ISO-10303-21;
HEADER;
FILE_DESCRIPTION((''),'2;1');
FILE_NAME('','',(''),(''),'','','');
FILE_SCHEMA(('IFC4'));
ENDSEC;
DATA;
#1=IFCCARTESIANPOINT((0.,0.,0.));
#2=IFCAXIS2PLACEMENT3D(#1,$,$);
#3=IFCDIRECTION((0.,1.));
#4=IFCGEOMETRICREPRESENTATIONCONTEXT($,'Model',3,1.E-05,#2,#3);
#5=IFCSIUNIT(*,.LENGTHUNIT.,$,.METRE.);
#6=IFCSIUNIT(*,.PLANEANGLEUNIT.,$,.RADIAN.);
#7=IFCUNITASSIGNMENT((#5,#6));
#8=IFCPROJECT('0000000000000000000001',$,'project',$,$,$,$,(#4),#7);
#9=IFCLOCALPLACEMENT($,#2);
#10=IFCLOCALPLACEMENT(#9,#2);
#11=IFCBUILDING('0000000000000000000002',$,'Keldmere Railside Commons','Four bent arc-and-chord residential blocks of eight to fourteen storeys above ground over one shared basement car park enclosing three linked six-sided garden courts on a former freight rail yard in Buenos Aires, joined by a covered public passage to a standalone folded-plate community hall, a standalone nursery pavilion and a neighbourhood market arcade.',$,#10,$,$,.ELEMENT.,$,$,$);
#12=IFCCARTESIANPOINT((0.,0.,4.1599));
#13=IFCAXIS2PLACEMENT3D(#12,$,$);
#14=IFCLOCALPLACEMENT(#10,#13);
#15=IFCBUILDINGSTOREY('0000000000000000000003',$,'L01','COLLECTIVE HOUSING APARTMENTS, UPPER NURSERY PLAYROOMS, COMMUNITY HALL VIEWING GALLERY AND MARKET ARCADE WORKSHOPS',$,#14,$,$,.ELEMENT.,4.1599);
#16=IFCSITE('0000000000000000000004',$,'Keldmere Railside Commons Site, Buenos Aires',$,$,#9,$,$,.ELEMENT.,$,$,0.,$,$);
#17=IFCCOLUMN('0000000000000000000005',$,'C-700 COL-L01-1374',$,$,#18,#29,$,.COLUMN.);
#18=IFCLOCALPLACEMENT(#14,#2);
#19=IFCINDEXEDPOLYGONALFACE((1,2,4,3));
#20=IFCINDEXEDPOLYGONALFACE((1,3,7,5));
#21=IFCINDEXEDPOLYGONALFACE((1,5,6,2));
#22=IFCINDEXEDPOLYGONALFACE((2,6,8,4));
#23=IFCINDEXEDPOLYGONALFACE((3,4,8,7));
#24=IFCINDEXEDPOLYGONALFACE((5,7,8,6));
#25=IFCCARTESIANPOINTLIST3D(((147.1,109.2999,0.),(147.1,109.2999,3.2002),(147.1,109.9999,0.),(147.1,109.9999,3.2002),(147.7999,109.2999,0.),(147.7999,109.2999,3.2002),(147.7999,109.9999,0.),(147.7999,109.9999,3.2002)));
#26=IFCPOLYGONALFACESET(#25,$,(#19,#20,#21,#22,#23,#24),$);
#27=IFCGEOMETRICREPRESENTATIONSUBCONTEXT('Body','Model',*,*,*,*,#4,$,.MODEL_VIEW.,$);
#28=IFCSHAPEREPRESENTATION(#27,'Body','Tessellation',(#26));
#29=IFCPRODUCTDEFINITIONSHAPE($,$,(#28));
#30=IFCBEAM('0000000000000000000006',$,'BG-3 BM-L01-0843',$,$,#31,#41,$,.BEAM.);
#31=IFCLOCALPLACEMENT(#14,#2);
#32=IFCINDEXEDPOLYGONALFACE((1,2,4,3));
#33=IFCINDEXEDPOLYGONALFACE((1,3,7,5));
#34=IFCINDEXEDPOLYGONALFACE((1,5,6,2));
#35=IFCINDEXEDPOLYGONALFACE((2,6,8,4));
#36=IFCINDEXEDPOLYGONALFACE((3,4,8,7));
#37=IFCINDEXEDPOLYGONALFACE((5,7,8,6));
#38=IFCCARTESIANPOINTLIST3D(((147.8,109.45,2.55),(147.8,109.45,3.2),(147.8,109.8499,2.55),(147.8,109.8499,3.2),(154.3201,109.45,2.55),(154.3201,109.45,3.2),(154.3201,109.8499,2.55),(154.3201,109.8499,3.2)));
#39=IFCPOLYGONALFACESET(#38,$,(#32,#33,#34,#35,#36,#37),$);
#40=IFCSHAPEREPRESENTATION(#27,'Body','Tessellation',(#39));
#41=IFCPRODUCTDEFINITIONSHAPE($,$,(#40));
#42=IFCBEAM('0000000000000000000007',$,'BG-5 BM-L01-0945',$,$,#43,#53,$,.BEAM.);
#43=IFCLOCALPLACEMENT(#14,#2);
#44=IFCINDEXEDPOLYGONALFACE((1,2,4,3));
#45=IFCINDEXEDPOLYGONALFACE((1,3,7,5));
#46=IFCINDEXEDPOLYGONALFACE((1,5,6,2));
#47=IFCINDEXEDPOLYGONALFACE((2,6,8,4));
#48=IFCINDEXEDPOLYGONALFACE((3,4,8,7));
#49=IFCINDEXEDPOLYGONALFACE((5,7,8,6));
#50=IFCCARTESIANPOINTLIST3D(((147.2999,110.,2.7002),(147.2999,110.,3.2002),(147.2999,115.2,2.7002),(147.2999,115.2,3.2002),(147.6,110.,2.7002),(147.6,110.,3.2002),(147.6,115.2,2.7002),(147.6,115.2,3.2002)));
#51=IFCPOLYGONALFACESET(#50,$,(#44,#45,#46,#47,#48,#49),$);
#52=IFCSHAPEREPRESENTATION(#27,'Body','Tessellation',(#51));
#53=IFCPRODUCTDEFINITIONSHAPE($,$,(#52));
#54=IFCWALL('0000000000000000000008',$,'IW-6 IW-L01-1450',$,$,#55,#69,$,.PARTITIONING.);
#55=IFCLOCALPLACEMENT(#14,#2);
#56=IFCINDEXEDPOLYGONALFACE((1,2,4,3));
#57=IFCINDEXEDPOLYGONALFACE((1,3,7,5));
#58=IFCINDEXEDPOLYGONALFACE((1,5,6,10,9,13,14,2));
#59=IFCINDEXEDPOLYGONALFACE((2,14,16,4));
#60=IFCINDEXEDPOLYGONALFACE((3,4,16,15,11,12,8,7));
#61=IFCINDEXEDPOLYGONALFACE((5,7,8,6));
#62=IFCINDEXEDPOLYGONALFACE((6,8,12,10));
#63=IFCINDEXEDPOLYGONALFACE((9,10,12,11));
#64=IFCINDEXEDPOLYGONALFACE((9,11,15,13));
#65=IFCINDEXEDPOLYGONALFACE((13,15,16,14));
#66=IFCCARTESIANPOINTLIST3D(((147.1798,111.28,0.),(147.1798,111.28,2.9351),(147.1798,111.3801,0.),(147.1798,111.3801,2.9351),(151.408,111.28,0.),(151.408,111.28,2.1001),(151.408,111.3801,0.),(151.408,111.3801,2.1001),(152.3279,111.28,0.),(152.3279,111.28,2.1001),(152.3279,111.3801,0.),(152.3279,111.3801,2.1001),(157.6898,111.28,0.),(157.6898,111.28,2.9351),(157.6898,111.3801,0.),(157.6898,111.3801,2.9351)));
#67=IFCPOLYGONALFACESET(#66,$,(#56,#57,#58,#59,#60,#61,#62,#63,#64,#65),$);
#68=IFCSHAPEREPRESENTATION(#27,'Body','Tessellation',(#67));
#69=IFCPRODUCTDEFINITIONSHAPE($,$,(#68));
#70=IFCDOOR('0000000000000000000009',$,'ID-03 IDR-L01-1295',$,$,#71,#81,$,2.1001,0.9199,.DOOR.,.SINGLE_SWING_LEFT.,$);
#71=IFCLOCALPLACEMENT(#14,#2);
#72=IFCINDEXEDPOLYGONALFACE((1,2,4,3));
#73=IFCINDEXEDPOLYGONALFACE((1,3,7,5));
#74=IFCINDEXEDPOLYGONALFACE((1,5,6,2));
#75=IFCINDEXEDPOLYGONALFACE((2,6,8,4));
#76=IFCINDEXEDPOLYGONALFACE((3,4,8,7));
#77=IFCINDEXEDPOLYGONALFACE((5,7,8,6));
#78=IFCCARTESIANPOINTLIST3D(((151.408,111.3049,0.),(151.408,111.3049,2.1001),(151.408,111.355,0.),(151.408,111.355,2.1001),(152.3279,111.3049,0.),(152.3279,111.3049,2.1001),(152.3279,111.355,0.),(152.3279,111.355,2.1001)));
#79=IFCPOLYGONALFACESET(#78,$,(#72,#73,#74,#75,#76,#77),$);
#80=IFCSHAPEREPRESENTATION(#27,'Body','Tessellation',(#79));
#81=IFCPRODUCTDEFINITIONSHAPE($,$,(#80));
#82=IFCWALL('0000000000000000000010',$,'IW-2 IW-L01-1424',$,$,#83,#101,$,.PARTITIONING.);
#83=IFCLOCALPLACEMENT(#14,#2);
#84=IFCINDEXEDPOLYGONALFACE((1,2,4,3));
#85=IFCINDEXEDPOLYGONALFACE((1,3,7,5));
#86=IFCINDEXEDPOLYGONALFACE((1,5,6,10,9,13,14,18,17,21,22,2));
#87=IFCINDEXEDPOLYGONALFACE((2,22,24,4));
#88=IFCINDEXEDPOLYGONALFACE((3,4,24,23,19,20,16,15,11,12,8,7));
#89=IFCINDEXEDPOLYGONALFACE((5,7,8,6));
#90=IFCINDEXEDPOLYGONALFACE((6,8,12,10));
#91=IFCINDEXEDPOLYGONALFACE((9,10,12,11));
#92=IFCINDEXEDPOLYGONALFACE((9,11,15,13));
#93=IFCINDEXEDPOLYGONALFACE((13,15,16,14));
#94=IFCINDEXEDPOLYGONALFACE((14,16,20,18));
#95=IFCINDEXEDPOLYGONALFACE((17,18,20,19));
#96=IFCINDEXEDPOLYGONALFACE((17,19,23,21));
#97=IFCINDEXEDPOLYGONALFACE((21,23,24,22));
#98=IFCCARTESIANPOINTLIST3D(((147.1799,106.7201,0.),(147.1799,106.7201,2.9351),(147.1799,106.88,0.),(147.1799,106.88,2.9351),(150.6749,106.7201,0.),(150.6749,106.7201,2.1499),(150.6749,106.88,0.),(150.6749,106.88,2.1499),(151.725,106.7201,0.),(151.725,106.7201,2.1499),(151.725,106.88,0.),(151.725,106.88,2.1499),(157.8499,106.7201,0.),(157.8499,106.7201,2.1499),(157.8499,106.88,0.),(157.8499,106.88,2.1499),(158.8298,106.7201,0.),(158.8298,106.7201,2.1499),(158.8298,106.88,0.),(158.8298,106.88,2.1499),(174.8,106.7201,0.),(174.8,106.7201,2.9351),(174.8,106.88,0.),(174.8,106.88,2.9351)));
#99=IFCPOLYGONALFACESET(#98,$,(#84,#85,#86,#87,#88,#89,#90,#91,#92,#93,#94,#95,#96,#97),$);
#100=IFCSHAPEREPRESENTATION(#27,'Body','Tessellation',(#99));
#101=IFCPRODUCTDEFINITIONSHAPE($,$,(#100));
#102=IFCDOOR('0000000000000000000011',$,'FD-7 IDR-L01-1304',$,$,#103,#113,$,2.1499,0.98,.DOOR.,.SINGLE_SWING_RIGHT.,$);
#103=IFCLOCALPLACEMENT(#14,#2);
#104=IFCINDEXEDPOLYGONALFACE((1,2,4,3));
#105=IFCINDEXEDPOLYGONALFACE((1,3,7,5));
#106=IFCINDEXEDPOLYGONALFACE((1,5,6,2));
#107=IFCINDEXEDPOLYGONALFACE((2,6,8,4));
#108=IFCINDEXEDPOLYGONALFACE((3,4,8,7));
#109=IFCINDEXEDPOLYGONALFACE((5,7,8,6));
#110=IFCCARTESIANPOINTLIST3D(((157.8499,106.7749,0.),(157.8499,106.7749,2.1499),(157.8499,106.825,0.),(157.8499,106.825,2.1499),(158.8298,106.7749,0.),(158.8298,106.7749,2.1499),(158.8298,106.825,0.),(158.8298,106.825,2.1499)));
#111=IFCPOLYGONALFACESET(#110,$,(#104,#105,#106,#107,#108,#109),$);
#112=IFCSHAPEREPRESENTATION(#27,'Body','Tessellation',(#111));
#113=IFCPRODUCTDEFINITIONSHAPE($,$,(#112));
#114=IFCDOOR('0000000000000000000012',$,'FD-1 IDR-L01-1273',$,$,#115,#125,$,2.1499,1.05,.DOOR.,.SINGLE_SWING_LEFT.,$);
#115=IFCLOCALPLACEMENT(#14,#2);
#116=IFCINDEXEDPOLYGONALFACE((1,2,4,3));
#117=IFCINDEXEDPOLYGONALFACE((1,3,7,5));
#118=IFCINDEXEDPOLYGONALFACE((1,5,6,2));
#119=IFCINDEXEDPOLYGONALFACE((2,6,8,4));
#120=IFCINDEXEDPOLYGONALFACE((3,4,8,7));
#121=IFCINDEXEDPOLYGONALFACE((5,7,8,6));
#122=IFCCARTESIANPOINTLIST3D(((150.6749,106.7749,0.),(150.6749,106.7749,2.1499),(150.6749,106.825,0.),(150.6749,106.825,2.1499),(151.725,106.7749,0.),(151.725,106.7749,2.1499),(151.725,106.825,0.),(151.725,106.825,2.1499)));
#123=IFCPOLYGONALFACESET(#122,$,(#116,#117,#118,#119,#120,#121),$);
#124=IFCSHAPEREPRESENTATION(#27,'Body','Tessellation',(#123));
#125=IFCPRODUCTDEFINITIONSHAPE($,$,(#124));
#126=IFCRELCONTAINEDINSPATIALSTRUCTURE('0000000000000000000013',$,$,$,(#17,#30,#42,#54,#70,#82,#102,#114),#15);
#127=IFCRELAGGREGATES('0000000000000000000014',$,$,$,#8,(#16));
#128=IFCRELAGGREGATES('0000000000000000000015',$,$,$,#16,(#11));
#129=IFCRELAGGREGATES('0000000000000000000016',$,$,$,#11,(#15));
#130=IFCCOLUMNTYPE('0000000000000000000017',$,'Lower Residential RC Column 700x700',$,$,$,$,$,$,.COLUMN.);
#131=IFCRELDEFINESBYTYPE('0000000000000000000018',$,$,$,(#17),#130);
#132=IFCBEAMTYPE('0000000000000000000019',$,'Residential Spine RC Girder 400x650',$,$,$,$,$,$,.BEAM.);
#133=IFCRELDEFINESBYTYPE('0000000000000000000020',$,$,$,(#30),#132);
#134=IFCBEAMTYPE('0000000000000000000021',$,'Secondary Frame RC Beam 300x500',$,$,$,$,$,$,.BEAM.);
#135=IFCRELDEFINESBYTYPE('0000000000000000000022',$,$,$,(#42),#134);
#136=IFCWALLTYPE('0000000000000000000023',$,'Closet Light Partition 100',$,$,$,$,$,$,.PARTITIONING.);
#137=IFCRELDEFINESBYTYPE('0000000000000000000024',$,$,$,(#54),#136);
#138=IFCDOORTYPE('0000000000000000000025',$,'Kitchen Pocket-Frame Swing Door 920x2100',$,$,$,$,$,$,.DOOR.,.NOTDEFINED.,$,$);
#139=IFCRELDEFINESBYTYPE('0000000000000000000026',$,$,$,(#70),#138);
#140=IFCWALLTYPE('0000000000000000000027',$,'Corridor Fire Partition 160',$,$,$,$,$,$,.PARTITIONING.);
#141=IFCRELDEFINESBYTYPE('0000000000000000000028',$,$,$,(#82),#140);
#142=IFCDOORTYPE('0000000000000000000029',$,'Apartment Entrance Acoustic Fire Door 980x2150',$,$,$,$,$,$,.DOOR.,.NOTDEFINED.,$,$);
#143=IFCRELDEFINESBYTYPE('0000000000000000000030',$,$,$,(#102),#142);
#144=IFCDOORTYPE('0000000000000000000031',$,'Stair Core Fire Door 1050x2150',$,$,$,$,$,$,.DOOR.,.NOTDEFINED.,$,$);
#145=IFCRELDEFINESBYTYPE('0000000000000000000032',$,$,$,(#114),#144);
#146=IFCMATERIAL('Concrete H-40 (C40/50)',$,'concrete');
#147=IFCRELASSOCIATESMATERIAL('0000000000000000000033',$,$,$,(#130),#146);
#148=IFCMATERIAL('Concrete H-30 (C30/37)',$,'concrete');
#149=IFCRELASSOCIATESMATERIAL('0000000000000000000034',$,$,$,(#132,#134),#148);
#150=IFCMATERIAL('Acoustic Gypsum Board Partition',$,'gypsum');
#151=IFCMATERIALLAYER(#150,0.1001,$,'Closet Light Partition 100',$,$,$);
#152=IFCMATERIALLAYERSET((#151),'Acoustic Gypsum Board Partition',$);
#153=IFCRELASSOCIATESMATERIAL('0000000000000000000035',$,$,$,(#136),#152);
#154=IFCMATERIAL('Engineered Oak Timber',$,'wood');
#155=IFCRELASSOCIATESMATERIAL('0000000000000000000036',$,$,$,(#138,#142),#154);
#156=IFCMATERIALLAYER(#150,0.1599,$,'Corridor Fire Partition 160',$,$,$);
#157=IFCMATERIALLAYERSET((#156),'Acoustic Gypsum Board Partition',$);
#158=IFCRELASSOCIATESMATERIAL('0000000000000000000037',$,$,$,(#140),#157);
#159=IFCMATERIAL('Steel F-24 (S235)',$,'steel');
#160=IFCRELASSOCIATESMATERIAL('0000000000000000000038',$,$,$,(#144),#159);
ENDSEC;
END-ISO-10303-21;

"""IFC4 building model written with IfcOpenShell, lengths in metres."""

from ifc_helpers import new_model, si_unit, direction, frame, frame_2d, origin, origin_2d, place, context, subcontext, project, spatial, rectangle, extrude, material, layer, layer_set, material_profile, profile_set, type_object, element, fill, save


model = new_model("IFC4")

# Units and contexts
model_context = context("Model", 3, precision=1e-05, world=origin(), true_north=direction((0.0, 1.0)))
body_context = subcontext(model_context, "Body", "Model", "MODEL_VIEW")
ifc_project = project(units=[si_unit("LENGTHUNIT", "METRE"), si_unit("PLANEANGLEUNIT", "RADIAN")], contexts=[model_context])

# Site, building, storey
site_placement = place(None, origin())
site = spatial("IfcSite", under=ifc_project, at=site_placement, Name="Keldmere Railside Commons Site, Buenos Aires", CompositionType="ELEMENT", RefElevation=0.0)
building_placement = place(site_placement, origin())
building = spatial("IfcBuilding", under=site, at=building_placement, Name="Keldmere Railside Commons", Description="Four bent arc-and-chord residential blocks of eight to fourteen storeys above ground over one shared basement car park enclosing three linked six-sided garden courts on a former freight rail yard in Buenos Aires, joined by a covered public passage to a standalone folded-plate community hall, a standalone nursery pavilion and a neighbourhood market arcade.", CompositionType="ELEMENT")
storey_placement = place(building_placement, frame((0.0, 0.0, 4.1599)))
storey = spatial("IfcBuildingStorey", under=building, at=storey_placement, Name="L01", Description="COLLECTIVE HOUSING APARTMENTS, UPPER NURSERY PLAYROOMS, COMMUNITY HALL VIEWING GALLERY AND MARKET ARCADE WORKSHOPS", CompositionType="ELEMENT", Elevation=4.1599)

# Column
ifc_material_1 = material(Name="Concrete H-40 (C40/50)", Category="concrete")
ifc_material_profile_1 = material_profile(ifc_material_1, rectangle(XDim=0.7, YDim=0.7, at=origin_2d()), Name="RC-700x700")
ifc_profile_set_1 = profile_set([ifc_material_profile_1], Name="Concrete H-40 (C40/50)")
column_type = type_object("IfcColumnType", Name="Lower Residential RC Column 700x700", PredefinedType="COLUMN", material=ifc_profile_set_1)
column_placement = place(storey_placement, frame((147.45, 109.6499, 0.0), z_axis=(0.0, 0.0, 1.0), x_axis=(1.0, 0.0, 0.0)))
element("IfcColumn", 1, at=column_placement, inside=storey, type_object=column_type, Name="C-700 COL-L01-1374", PredefinedType="COLUMN", context=body_context, shape_type="SweptSolid", body=[
    extrude(rectangle(XDim=0.7, YDim=0.7, at=origin_2d()), origin(), (0.0, 0.0, 1.0), 3.2002),
])

# Beams
ifc_material_2 = material(Name="Concrete H-30 (C30/37)", Category="concrete")
ifc_material_profile_2 = material_profile(ifc_material_2, rectangle(XDim=0.3999, YDim=0.6499, at=origin_2d()), Name="RC-400x650")
ifc_profile_set_2 = profile_set([ifc_material_profile_2], Name="Concrete H-30 (C30/37)")
beam_type_1 = type_object("IfcBeamType", Name="Residential Spine RC Girder 400x650", PredefinedType="BEAM", material=ifc_profile_set_2)
beam_1_placement = place(storey_placement, frame((147.8, 109.6499, 2.875), z_axis=(1.0, 0.0, 0.0), x_axis=(0.0, 1.0, 0.0)))
element("IfcBeam", 2, at=beam_1_placement, inside=storey, type_object=beam_type_1, Name="BG-3 BM-L01-0843", PredefinedType="BEAM", context=body_context, shape_type="SweptSolid", body=[
    extrude(rectangle(XDim=0.3999, YDim=0.6499, at=origin_2d()), origin(), (0.0, 0.0, 1.0), 6.52),
])
ifc_material_profile_3 = material_profile(ifc_material_2, rectangle(XDim=0.3, YDim=0.5, at=origin_2d()), Name="RC-300x500")
ifc_profile_set_3 = profile_set([ifc_material_profile_3], Name="Concrete H-30 (C30/37)")
beam_type_2 = type_object("IfcBeamType", Name="Secondary Frame RC Beam 300x500", PredefinedType="BEAM", material=ifc_profile_set_3)
beam_2_placement = place(storey_placement, frame((147.45, 110.0, 2.9502), z_axis=(0.0, 1.0, 0.0), x_axis=(-1.0, 0.0, 0.0)))
element("IfcBeam", 3, at=beam_2_placement, inside=storey, type_object=beam_type_2, Name="BG-5 BM-L01-0945", PredefinedType="BEAM", context=body_context, shape_type="SweptSolid", body=[
    extrude(rectangle(XDim=0.3, YDim=0.5, at=origin_2d()), origin(), (0.0, 0.0, 1.0), 5.2),
])

# Wall, opening, door
ifc_material_3 = material(Name="Acoustic Gypsum Board Partition", Category="gypsum")
ifc_layer_1 = layer(ifc_material_3, 0.1001, Name="Closet Light Partition 100")
ifc_layer_set_1 = layer_set([ifc_layer_1], Name="Acoustic Gypsum Board Partition")
wall_type_1 = type_object("IfcWallType", Name="Closet Light Partition 100", PredefinedType="PARTITIONING", material=ifc_layer_set_1)
wall_1_placement = place(storey_placement, frame((147.1799, 111.3301, 0.0), z_axis=(0.0, 0.0, 1.0), x_axis=(1.0, 0.0, 0.0)))
wall_1 = element("IfcWall", 4, at=wall_1_placement, inside=storey, type_object=wall_type_1, Name="IW-6 IW-L01-1450", PredefinedType="PARTITIONING", context=body_context, shape_type="SweptSolid", body=[
    extrude(rectangle(XDim=10.51, YDim=0.1001, at=frame_2d((5.2549, 0.0))), origin(), (0.0, 0.0, 1.0), 2.9351),
])
opening_1_placement = place(wall_1_placement, frame((4.228, 0.0, 0.0)))
opening_1 = element("IfcOpeningElement", 5, at=opening_1_placement, cuts=wall_1, PredefinedType="OPENING", context=body_context, shape_type="SweptSolid", body=[
    extrude(rectangle(XDim=0.9199, YDim=2.1001, at=frame_2d((0.46, 1.05))), frame((0.0, 0.0601, 0.0), z_axis=(0.0, -1.0, 0.0), x_axis=(1.0, 0.0, 0.0)), (0.0, 0.0, 1.0), 0.1201),
])
ifc_material_4 = material(Name="Engineered Oak Timber", Category="wood")
door_type_1 = type_object("IfcDoorType", Name="Kitchen Pocket-Frame Swing Door 920x2100", OperationType="NOTDEFINED", PredefinedType="DOOR", material=ifc_material_4)
door_1_placement = place(opening_1_placement, origin())
door_1 = element("IfcDoor", 6, at=door_1_placement, inside=storey, type_object=door_type_1, Name="ID-03 IDR-L01-1295", OperationType="SINGLE_SWING_LEFT", OverallHeight=2.1001, OverallWidth=0.9199, PredefinedType="DOOR", context=body_context, shape_type="SweptSolid", body=[
    extrude(rectangle(XDim=0.9199, YDim=2.1001, at=frame_2d((0.46, 1.05))), frame((0.0, 0.0249, 0.0), z_axis=(0.0, -1.0, 0.0), x_axis=(1.0, 0.0, 0.0)), (0.0, 0.0, 1.0), 0.05),
])
fill(opening_1, door_1)

# Wall, openings, doors
ifc_layer_2 = layer(ifc_material_3, 0.1599, Name="Corridor Fire Partition 160")
ifc_layer_set_2 = layer_set([ifc_layer_2], Name="Acoustic Gypsum Board Partition")
wall_type_2 = type_object("IfcWallType", Name="Corridor Fire Partition 160", PredefinedType="PARTITIONING", material=ifc_layer_set_2)
wall_2_placement = place(storey_placement, frame((147.1799, 106.8, 0.0), z_axis=(0.0, 0.0, 1.0), x_axis=(1.0, 0.0, 0.0)))
wall_2 = element("IfcWall", 7, at=wall_2_placement, inside=storey, type_object=wall_type_2, Name="IW-2 IW-L01-1424", PredefinedType="PARTITIONING", context=body_context, shape_type="SweptSolid", body=[
    extrude(rectangle(XDim=27.6201, YDim=0.1599, at=frame_2d((13.8101, 0.0))), origin(), (0.0, 0.0, 1.0), 2.9351),
])
opening_2_placement = place(wall_2_placement, frame((3.4951, 0.0, 0.0)))
opening_2 = element("IfcOpeningElement", 8, at=opening_2_placement, cuts=wall_2, PredefinedType="OPENING", context=body_context, shape_type="SweptSolid", body=[
    extrude(rectangle(XDim=1.05, YDim=2.1499, at=frame_2d((0.5249, 1.075))), frame((0.0, 0.0898, 0.0), z_axis=(0.0, -1.0, 0.0), x_axis=(1.0, 0.0, 0.0)), (0.0, 0.0, 1.0), 0.1799),
])
opening_3_placement = place(wall_2_placement, frame((10.6699, 0.0, 0.0)))
opening_3 = element("IfcOpeningElement", 9, at=opening_3_placement, cuts=wall_2, PredefinedType="OPENING", context=body_context, shape_type="SweptSolid", body=[
    extrude(rectangle(XDim=0.98, YDim=2.1499, at=frame_2d((0.49, 1.075))), frame((0.0, 0.0898, 0.0), z_axis=(0.0, -1.0, 0.0), x_axis=(1.0, 0.0, 0.0)), (0.0, 0.0, 1.0), 0.1799),
])
door_type_2 = type_object("IfcDoorType", Name="Apartment Entrance Acoustic Fire Door 980x2150", OperationType="NOTDEFINED", PredefinedType="DOOR", material=ifc_material_4)
door_2_placement = place(opening_3_placement, origin())
door_2 = element("IfcDoor", 10, at=door_2_placement, inside=storey, type_object=door_type_2, Name="FD-7 IDR-L01-1304", OperationType="SINGLE_SWING_RIGHT", OverallHeight=2.1499, OverallWidth=0.98, PredefinedType="DOOR", context=body_context, shape_type="SweptSolid", body=[
    extrude(rectangle(XDim=0.98, YDim=2.1499, at=frame_2d((0.49, 1.075))), frame((0.0, 0.0249, 0.0), z_axis=(0.0, -1.0, 0.0), x_axis=(1.0, 0.0, 0.0)), (0.0, 0.0, 1.0), 0.05),
])
fill(opening_3, door_2)
ifc_material_5 = material(Name="Steel F-24 (S235)", Category="steel")
door_type_3 = type_object("IfcDoorType", Name="Stair Core Fire Door 1050x2150", OperationType="NOTDEFINED", PredefinedType="DOOR", material=ifc_material_5)
door_3_placement = place(opening_2_placement, origin())
door_3 = element("IfcDoor", 11, at=door_3_placement, inside=storey, type_object=door_type_3, Name="FD-1 IDR-L01-1273", OperationType="SINGLE_SWING_LEFT", OverallHeight=2.1499, OverallWidth=1.05, PredefinedType="DOOR", context=body_context, shape_type="SweptSolid", body=[
    extrude(rectangle(XDim=1.05, YDim=2.1499, at=frame_2d((0.5249, 1.075))), frame((0.0, 0.0249, 0.0), z_axis=(0.0, -1.0, 0.0), x_axis=(1.0, 0.0, 0.0)), (0.0, 0.0, 1.0), 0.05),
])
fill(opening_2, door_3)

save(model, "model.ifc")
